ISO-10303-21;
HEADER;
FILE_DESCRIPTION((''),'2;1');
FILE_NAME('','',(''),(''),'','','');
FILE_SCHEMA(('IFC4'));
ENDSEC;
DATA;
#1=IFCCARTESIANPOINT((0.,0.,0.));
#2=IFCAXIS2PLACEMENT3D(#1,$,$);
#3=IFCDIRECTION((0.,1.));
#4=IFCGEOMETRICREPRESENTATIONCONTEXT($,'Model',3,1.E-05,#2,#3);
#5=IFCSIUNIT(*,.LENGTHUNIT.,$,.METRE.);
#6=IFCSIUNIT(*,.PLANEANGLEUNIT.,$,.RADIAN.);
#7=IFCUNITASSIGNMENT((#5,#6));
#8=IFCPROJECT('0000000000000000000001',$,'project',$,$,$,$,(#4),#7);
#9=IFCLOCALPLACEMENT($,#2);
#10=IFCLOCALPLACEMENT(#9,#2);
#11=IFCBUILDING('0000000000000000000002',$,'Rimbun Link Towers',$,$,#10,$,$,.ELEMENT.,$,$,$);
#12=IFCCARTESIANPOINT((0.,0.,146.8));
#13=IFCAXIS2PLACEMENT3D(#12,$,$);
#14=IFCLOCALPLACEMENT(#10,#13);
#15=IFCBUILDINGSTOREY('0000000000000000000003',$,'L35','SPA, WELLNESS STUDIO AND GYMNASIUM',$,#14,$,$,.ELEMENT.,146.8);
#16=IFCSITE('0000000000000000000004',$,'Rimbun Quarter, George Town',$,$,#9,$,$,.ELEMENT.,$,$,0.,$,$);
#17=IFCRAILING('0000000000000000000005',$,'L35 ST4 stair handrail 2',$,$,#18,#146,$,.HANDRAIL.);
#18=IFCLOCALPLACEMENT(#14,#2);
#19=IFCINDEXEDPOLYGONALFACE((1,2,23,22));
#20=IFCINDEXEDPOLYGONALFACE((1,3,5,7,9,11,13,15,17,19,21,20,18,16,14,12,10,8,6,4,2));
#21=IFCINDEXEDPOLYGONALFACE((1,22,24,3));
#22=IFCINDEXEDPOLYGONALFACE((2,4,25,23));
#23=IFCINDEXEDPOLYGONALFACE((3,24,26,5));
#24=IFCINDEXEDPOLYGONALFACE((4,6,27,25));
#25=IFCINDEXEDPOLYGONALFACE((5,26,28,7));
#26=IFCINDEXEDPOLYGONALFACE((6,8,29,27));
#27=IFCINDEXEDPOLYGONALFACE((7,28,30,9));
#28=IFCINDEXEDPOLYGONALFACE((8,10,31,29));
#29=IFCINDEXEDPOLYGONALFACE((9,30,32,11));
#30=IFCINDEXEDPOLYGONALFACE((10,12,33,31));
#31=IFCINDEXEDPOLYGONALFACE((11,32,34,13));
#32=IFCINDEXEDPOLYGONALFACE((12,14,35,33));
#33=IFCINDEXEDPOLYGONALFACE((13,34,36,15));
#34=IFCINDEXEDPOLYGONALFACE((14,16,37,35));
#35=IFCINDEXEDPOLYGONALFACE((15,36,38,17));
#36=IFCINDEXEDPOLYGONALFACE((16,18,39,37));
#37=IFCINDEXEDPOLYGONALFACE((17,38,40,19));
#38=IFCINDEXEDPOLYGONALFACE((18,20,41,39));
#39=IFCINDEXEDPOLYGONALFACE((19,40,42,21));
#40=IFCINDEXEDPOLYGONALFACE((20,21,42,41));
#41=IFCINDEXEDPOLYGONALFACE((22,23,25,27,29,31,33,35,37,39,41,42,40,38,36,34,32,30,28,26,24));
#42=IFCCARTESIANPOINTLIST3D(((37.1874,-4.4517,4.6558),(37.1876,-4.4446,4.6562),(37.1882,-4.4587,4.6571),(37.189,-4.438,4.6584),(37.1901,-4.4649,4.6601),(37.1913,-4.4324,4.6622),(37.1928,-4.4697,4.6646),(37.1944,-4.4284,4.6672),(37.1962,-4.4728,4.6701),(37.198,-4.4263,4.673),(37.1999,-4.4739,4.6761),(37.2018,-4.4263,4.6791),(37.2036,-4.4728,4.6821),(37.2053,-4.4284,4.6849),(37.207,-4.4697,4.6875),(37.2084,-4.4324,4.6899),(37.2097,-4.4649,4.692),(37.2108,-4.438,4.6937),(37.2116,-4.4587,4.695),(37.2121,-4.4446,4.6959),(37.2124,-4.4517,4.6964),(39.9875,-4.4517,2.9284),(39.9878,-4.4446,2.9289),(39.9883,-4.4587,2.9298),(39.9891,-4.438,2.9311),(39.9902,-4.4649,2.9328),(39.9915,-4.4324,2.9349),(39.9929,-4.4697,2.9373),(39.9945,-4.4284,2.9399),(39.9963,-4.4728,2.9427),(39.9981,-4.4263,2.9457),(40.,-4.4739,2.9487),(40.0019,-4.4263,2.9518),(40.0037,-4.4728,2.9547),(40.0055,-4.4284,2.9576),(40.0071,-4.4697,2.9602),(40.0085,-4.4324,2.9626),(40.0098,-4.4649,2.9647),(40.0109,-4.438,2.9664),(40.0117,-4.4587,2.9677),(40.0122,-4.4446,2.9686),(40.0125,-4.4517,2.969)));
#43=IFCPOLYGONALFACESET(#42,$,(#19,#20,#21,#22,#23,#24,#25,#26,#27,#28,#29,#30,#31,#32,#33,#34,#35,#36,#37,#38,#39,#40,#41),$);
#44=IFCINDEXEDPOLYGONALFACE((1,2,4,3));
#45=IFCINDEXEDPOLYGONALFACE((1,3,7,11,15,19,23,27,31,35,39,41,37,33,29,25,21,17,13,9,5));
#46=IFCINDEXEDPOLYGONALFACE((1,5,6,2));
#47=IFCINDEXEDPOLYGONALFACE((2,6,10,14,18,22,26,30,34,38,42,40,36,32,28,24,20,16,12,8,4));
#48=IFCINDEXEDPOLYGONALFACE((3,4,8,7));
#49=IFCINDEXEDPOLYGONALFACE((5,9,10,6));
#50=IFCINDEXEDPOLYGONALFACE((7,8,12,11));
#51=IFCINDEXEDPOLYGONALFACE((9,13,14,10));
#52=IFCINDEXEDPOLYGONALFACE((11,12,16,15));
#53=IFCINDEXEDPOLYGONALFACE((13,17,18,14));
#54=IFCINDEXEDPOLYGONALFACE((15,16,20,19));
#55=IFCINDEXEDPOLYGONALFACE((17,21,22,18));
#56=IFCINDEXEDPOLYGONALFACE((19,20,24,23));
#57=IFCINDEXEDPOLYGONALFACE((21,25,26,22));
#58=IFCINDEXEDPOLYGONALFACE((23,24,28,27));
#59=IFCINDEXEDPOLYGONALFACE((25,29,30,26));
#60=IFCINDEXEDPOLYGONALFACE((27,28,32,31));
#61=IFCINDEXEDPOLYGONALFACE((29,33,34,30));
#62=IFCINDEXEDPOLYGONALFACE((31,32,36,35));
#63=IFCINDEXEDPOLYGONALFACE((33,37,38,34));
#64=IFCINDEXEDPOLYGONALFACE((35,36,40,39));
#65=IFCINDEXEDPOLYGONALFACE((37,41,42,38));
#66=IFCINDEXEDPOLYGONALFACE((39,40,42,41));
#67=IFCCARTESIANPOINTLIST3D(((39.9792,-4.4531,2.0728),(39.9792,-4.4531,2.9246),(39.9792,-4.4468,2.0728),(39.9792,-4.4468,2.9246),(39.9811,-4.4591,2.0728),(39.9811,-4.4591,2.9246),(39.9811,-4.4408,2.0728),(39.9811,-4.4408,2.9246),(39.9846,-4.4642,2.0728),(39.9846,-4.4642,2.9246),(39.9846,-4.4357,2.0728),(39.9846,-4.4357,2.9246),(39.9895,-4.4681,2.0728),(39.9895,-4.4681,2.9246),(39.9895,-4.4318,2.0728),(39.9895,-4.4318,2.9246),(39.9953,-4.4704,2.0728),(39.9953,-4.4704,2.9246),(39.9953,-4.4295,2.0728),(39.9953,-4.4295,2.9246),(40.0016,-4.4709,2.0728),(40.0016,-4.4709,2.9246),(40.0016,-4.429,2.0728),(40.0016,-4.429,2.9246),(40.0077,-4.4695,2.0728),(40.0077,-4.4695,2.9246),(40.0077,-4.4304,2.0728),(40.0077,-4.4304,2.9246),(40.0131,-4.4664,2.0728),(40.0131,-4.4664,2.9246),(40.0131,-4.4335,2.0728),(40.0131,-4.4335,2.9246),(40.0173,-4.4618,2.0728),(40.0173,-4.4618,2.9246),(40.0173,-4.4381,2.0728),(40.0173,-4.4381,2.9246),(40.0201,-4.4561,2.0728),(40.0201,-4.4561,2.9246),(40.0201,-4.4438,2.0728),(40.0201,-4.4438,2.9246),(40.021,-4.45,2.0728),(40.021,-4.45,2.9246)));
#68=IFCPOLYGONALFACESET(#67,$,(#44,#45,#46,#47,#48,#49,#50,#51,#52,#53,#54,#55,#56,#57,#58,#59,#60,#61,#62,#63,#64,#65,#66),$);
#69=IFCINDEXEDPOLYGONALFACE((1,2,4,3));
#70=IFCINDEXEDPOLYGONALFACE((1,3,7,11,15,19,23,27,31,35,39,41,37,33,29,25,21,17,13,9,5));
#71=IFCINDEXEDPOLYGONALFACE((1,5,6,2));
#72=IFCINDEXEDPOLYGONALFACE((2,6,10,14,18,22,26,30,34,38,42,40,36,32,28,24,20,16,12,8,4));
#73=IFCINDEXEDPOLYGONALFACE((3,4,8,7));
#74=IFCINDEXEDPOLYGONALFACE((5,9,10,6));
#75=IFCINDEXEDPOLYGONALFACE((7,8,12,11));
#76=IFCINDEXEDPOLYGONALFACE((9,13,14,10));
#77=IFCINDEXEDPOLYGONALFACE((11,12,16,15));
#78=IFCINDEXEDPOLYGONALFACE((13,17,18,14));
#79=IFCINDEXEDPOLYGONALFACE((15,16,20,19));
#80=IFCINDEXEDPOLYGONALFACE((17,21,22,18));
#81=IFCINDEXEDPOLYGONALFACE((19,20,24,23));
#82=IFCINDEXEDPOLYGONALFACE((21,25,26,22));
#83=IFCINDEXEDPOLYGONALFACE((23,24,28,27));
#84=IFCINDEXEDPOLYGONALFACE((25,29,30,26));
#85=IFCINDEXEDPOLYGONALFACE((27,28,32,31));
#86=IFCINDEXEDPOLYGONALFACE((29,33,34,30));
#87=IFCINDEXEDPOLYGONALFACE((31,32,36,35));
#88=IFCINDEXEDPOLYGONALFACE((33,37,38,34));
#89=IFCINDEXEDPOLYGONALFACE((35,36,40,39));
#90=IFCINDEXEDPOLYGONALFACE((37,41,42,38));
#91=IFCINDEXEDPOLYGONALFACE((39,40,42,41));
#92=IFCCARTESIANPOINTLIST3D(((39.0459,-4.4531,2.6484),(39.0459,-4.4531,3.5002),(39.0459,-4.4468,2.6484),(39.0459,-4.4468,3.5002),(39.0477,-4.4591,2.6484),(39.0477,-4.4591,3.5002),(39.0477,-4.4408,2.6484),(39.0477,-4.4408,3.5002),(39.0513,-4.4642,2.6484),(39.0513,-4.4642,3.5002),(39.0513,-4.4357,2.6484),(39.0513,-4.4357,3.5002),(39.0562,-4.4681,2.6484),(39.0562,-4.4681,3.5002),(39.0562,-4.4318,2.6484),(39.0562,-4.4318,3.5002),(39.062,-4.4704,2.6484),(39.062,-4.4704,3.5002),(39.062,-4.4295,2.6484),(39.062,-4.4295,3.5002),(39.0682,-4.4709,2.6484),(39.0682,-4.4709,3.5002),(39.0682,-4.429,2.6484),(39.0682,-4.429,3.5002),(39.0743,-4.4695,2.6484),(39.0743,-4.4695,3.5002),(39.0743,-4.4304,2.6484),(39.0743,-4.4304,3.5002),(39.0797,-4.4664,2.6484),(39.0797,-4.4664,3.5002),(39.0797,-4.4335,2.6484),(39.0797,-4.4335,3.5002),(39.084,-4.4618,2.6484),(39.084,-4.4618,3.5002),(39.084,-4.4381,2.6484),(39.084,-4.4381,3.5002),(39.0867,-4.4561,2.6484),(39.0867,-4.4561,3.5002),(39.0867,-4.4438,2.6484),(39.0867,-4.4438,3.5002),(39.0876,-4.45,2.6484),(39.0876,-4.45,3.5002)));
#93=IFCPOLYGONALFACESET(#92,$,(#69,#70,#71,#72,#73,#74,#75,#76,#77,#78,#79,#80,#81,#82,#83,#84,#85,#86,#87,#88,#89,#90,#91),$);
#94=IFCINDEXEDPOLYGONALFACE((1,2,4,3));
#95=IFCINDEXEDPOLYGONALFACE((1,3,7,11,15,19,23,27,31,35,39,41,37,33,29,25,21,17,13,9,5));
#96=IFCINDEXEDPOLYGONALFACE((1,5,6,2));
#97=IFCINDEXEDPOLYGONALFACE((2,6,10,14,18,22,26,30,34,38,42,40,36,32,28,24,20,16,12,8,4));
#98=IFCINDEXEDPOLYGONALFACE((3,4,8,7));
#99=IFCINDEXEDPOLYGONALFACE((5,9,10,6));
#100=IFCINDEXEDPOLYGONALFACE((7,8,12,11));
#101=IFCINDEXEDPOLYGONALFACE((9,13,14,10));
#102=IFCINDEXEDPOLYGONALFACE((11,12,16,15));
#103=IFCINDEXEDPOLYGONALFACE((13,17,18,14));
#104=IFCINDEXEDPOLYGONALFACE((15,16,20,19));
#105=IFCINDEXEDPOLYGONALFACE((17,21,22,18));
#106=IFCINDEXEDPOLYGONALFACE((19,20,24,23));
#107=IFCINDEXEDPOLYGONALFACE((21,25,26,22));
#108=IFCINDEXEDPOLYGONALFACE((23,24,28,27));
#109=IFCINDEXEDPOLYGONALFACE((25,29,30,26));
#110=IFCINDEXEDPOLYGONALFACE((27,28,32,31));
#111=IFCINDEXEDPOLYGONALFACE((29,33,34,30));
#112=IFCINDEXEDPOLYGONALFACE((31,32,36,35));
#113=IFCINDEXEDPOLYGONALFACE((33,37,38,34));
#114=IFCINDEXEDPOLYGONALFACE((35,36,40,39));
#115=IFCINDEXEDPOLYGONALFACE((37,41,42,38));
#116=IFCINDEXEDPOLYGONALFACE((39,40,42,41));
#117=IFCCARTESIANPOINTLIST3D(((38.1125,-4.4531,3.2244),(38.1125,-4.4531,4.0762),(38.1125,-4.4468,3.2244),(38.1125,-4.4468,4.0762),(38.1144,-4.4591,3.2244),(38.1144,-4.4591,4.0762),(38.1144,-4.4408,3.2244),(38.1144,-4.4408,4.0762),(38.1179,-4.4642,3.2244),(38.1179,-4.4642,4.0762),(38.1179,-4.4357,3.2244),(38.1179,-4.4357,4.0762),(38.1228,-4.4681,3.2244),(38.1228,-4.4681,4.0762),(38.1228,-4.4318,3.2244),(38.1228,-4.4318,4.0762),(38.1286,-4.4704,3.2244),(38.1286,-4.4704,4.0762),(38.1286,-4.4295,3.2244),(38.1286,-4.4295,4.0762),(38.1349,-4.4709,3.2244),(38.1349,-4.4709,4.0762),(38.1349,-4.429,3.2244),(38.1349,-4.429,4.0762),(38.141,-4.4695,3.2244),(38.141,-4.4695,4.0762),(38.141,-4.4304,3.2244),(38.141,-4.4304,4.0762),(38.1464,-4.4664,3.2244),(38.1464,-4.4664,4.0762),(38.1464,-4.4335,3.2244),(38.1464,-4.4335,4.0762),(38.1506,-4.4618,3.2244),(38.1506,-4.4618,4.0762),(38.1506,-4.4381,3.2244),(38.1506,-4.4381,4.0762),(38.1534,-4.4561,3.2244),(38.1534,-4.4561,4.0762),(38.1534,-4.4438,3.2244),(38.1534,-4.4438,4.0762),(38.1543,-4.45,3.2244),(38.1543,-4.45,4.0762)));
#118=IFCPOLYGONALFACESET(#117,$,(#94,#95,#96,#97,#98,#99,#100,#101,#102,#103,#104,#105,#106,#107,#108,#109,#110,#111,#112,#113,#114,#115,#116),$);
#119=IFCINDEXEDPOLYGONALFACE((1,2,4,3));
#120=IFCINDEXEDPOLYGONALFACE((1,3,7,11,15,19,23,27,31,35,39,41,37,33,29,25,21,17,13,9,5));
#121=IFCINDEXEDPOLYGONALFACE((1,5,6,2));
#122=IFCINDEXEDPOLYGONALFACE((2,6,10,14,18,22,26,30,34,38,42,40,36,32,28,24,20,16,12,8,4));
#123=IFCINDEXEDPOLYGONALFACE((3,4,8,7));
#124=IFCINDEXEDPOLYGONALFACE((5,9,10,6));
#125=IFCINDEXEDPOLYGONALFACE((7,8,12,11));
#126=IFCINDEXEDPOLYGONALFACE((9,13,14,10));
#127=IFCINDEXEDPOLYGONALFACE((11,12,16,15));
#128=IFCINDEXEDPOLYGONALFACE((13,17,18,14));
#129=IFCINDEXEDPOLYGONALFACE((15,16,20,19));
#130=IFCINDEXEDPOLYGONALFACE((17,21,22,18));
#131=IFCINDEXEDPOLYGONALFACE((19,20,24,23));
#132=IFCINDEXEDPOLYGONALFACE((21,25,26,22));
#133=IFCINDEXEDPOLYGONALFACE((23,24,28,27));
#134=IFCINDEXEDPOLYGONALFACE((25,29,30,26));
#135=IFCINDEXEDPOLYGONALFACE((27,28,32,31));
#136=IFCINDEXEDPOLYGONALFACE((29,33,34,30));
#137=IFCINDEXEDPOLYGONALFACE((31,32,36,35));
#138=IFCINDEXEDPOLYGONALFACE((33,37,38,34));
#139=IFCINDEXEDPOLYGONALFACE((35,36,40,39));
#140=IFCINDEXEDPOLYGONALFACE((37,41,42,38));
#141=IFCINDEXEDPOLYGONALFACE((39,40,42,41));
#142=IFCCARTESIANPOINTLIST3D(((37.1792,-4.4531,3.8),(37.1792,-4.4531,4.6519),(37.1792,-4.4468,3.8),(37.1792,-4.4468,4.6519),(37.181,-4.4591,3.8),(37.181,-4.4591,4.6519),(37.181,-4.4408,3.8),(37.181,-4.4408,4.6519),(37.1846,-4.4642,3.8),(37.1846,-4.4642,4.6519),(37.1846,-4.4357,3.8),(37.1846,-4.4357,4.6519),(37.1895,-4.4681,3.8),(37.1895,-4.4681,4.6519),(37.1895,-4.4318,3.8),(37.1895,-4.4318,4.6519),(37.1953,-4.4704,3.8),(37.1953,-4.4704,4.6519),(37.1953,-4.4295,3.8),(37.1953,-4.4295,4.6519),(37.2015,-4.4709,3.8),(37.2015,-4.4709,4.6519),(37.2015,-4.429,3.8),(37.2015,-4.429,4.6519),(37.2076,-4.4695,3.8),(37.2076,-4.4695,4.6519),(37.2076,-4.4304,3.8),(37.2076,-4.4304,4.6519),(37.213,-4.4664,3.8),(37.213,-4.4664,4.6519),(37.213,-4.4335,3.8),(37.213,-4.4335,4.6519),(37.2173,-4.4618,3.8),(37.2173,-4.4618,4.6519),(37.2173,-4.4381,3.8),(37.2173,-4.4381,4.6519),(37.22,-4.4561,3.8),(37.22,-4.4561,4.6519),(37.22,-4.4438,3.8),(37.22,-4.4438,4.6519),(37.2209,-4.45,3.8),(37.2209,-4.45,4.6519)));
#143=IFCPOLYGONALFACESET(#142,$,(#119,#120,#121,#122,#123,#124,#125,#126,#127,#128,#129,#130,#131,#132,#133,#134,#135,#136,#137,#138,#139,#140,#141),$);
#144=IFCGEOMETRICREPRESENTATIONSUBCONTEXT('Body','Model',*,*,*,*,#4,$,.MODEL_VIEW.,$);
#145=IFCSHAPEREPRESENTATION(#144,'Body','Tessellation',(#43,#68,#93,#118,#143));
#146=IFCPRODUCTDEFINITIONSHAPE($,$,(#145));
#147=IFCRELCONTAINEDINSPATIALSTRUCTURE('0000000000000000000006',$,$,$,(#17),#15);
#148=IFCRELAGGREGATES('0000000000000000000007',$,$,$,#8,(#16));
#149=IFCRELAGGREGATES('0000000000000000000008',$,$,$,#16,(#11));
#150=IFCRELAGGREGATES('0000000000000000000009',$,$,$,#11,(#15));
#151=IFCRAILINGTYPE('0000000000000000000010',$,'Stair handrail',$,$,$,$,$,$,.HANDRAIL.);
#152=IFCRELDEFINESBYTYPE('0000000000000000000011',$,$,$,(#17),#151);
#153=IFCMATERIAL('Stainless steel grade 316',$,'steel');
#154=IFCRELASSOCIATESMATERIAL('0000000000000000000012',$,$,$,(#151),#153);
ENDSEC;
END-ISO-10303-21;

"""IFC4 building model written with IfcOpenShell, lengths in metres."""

from ifc_helpers import new_model, si_unit, direction, frame, origin, origin_2d, place, context, subcontext, project, spatial, circle, extrude, material, type_object, element, save


model = new_model("IFC4")

# Units and contexts
model_context = context("Model", 3, precision=1e-05, world=origin(), true_north=direction((0.0, 1.0)))
body_context = subcontext(model_context, "Body", "Model", "MODEL_VIEW")
ifc_project = project(units=[si_unit("LENGTHUNIT", "METRE"), si_unit("PLANEANGLEUNIT", "RADIAN")], contexts=[model_context])

# Site, building, storey
site_placement = place(None, origin())
site = spatial("IfcSite", under=ifc_project, at=site_placement, Name="Rimbun Quarter, George Town", CompositionType="ELEMENT", RefElevation=0.0)
building_placement = place(site_placement, origin())
building = spatial("IfcBuilding", under=site, at=building_placement, Name="Rimbun Link Towers", CompositionType="ELEMENT")
storey_placement = place(building_placement, frame((0.0, 0.0, 146.8)))
storey = spatial("IfcBuildingStorey", under=building, at=storey_placement, Name="L35", Description="SPA, WELLNESS STUDIO AND GYMNASIUM", CompositionType="ELEMENT", Elevation=146.8)

# Railing
ifc_material_1 = material(Name="Stainless steel grade 316", Category="steel")
railing_type_1 = type_object("IfcRailingType", Name="Stair handrail", PredefinedType="HANDRAIL", material=ifc_material_1)
railing_1_placement = place(storey_placement, frame((40.0, -4.45, 2.0728)))
element("IfcRailing", 1, at=railing_1_placement, inside=storey, type_object=railing_type_1, Name="L35 ST4 stair handrail 2", PredefinedType="HANDRAIL", context=body_context, shape_type="SweptSolid", body=[
    extrude(circle(Radius=0.0239, at=origin_2d()), frame((0.0, 0.0, 0.876), z_axis=(-0.85109, 0.0, 0.52502), x_axis=(0.0, -1.0, 0.0)), (0.0, 0.0, 1.0), 3.29),
    extrude(circle(Radius=0.021, at=origin_2d()), origin(), (0.0, 0.0, 1.0), 0.8518),
    extrude(circle(Radius=0.021, at=origin_2d()), frame((-0.9333, 0.0, 0.5757)), (0.0, 0.0, 1.0), 0.8518),
    extrude(circle(Radius=0.021, at=origin_2d()), frame((-1.8667, 0.0, 1.1516)), (0.0, 0.0, 1.0), 0.8518),
    extrude(circle(Radius=0.021, at=origin_2d()), frame((-2.8, 0.0, 1.7273)), (0.0, 0.0, 1.0), 0.8518),
])

save(model, "model.ifc")
